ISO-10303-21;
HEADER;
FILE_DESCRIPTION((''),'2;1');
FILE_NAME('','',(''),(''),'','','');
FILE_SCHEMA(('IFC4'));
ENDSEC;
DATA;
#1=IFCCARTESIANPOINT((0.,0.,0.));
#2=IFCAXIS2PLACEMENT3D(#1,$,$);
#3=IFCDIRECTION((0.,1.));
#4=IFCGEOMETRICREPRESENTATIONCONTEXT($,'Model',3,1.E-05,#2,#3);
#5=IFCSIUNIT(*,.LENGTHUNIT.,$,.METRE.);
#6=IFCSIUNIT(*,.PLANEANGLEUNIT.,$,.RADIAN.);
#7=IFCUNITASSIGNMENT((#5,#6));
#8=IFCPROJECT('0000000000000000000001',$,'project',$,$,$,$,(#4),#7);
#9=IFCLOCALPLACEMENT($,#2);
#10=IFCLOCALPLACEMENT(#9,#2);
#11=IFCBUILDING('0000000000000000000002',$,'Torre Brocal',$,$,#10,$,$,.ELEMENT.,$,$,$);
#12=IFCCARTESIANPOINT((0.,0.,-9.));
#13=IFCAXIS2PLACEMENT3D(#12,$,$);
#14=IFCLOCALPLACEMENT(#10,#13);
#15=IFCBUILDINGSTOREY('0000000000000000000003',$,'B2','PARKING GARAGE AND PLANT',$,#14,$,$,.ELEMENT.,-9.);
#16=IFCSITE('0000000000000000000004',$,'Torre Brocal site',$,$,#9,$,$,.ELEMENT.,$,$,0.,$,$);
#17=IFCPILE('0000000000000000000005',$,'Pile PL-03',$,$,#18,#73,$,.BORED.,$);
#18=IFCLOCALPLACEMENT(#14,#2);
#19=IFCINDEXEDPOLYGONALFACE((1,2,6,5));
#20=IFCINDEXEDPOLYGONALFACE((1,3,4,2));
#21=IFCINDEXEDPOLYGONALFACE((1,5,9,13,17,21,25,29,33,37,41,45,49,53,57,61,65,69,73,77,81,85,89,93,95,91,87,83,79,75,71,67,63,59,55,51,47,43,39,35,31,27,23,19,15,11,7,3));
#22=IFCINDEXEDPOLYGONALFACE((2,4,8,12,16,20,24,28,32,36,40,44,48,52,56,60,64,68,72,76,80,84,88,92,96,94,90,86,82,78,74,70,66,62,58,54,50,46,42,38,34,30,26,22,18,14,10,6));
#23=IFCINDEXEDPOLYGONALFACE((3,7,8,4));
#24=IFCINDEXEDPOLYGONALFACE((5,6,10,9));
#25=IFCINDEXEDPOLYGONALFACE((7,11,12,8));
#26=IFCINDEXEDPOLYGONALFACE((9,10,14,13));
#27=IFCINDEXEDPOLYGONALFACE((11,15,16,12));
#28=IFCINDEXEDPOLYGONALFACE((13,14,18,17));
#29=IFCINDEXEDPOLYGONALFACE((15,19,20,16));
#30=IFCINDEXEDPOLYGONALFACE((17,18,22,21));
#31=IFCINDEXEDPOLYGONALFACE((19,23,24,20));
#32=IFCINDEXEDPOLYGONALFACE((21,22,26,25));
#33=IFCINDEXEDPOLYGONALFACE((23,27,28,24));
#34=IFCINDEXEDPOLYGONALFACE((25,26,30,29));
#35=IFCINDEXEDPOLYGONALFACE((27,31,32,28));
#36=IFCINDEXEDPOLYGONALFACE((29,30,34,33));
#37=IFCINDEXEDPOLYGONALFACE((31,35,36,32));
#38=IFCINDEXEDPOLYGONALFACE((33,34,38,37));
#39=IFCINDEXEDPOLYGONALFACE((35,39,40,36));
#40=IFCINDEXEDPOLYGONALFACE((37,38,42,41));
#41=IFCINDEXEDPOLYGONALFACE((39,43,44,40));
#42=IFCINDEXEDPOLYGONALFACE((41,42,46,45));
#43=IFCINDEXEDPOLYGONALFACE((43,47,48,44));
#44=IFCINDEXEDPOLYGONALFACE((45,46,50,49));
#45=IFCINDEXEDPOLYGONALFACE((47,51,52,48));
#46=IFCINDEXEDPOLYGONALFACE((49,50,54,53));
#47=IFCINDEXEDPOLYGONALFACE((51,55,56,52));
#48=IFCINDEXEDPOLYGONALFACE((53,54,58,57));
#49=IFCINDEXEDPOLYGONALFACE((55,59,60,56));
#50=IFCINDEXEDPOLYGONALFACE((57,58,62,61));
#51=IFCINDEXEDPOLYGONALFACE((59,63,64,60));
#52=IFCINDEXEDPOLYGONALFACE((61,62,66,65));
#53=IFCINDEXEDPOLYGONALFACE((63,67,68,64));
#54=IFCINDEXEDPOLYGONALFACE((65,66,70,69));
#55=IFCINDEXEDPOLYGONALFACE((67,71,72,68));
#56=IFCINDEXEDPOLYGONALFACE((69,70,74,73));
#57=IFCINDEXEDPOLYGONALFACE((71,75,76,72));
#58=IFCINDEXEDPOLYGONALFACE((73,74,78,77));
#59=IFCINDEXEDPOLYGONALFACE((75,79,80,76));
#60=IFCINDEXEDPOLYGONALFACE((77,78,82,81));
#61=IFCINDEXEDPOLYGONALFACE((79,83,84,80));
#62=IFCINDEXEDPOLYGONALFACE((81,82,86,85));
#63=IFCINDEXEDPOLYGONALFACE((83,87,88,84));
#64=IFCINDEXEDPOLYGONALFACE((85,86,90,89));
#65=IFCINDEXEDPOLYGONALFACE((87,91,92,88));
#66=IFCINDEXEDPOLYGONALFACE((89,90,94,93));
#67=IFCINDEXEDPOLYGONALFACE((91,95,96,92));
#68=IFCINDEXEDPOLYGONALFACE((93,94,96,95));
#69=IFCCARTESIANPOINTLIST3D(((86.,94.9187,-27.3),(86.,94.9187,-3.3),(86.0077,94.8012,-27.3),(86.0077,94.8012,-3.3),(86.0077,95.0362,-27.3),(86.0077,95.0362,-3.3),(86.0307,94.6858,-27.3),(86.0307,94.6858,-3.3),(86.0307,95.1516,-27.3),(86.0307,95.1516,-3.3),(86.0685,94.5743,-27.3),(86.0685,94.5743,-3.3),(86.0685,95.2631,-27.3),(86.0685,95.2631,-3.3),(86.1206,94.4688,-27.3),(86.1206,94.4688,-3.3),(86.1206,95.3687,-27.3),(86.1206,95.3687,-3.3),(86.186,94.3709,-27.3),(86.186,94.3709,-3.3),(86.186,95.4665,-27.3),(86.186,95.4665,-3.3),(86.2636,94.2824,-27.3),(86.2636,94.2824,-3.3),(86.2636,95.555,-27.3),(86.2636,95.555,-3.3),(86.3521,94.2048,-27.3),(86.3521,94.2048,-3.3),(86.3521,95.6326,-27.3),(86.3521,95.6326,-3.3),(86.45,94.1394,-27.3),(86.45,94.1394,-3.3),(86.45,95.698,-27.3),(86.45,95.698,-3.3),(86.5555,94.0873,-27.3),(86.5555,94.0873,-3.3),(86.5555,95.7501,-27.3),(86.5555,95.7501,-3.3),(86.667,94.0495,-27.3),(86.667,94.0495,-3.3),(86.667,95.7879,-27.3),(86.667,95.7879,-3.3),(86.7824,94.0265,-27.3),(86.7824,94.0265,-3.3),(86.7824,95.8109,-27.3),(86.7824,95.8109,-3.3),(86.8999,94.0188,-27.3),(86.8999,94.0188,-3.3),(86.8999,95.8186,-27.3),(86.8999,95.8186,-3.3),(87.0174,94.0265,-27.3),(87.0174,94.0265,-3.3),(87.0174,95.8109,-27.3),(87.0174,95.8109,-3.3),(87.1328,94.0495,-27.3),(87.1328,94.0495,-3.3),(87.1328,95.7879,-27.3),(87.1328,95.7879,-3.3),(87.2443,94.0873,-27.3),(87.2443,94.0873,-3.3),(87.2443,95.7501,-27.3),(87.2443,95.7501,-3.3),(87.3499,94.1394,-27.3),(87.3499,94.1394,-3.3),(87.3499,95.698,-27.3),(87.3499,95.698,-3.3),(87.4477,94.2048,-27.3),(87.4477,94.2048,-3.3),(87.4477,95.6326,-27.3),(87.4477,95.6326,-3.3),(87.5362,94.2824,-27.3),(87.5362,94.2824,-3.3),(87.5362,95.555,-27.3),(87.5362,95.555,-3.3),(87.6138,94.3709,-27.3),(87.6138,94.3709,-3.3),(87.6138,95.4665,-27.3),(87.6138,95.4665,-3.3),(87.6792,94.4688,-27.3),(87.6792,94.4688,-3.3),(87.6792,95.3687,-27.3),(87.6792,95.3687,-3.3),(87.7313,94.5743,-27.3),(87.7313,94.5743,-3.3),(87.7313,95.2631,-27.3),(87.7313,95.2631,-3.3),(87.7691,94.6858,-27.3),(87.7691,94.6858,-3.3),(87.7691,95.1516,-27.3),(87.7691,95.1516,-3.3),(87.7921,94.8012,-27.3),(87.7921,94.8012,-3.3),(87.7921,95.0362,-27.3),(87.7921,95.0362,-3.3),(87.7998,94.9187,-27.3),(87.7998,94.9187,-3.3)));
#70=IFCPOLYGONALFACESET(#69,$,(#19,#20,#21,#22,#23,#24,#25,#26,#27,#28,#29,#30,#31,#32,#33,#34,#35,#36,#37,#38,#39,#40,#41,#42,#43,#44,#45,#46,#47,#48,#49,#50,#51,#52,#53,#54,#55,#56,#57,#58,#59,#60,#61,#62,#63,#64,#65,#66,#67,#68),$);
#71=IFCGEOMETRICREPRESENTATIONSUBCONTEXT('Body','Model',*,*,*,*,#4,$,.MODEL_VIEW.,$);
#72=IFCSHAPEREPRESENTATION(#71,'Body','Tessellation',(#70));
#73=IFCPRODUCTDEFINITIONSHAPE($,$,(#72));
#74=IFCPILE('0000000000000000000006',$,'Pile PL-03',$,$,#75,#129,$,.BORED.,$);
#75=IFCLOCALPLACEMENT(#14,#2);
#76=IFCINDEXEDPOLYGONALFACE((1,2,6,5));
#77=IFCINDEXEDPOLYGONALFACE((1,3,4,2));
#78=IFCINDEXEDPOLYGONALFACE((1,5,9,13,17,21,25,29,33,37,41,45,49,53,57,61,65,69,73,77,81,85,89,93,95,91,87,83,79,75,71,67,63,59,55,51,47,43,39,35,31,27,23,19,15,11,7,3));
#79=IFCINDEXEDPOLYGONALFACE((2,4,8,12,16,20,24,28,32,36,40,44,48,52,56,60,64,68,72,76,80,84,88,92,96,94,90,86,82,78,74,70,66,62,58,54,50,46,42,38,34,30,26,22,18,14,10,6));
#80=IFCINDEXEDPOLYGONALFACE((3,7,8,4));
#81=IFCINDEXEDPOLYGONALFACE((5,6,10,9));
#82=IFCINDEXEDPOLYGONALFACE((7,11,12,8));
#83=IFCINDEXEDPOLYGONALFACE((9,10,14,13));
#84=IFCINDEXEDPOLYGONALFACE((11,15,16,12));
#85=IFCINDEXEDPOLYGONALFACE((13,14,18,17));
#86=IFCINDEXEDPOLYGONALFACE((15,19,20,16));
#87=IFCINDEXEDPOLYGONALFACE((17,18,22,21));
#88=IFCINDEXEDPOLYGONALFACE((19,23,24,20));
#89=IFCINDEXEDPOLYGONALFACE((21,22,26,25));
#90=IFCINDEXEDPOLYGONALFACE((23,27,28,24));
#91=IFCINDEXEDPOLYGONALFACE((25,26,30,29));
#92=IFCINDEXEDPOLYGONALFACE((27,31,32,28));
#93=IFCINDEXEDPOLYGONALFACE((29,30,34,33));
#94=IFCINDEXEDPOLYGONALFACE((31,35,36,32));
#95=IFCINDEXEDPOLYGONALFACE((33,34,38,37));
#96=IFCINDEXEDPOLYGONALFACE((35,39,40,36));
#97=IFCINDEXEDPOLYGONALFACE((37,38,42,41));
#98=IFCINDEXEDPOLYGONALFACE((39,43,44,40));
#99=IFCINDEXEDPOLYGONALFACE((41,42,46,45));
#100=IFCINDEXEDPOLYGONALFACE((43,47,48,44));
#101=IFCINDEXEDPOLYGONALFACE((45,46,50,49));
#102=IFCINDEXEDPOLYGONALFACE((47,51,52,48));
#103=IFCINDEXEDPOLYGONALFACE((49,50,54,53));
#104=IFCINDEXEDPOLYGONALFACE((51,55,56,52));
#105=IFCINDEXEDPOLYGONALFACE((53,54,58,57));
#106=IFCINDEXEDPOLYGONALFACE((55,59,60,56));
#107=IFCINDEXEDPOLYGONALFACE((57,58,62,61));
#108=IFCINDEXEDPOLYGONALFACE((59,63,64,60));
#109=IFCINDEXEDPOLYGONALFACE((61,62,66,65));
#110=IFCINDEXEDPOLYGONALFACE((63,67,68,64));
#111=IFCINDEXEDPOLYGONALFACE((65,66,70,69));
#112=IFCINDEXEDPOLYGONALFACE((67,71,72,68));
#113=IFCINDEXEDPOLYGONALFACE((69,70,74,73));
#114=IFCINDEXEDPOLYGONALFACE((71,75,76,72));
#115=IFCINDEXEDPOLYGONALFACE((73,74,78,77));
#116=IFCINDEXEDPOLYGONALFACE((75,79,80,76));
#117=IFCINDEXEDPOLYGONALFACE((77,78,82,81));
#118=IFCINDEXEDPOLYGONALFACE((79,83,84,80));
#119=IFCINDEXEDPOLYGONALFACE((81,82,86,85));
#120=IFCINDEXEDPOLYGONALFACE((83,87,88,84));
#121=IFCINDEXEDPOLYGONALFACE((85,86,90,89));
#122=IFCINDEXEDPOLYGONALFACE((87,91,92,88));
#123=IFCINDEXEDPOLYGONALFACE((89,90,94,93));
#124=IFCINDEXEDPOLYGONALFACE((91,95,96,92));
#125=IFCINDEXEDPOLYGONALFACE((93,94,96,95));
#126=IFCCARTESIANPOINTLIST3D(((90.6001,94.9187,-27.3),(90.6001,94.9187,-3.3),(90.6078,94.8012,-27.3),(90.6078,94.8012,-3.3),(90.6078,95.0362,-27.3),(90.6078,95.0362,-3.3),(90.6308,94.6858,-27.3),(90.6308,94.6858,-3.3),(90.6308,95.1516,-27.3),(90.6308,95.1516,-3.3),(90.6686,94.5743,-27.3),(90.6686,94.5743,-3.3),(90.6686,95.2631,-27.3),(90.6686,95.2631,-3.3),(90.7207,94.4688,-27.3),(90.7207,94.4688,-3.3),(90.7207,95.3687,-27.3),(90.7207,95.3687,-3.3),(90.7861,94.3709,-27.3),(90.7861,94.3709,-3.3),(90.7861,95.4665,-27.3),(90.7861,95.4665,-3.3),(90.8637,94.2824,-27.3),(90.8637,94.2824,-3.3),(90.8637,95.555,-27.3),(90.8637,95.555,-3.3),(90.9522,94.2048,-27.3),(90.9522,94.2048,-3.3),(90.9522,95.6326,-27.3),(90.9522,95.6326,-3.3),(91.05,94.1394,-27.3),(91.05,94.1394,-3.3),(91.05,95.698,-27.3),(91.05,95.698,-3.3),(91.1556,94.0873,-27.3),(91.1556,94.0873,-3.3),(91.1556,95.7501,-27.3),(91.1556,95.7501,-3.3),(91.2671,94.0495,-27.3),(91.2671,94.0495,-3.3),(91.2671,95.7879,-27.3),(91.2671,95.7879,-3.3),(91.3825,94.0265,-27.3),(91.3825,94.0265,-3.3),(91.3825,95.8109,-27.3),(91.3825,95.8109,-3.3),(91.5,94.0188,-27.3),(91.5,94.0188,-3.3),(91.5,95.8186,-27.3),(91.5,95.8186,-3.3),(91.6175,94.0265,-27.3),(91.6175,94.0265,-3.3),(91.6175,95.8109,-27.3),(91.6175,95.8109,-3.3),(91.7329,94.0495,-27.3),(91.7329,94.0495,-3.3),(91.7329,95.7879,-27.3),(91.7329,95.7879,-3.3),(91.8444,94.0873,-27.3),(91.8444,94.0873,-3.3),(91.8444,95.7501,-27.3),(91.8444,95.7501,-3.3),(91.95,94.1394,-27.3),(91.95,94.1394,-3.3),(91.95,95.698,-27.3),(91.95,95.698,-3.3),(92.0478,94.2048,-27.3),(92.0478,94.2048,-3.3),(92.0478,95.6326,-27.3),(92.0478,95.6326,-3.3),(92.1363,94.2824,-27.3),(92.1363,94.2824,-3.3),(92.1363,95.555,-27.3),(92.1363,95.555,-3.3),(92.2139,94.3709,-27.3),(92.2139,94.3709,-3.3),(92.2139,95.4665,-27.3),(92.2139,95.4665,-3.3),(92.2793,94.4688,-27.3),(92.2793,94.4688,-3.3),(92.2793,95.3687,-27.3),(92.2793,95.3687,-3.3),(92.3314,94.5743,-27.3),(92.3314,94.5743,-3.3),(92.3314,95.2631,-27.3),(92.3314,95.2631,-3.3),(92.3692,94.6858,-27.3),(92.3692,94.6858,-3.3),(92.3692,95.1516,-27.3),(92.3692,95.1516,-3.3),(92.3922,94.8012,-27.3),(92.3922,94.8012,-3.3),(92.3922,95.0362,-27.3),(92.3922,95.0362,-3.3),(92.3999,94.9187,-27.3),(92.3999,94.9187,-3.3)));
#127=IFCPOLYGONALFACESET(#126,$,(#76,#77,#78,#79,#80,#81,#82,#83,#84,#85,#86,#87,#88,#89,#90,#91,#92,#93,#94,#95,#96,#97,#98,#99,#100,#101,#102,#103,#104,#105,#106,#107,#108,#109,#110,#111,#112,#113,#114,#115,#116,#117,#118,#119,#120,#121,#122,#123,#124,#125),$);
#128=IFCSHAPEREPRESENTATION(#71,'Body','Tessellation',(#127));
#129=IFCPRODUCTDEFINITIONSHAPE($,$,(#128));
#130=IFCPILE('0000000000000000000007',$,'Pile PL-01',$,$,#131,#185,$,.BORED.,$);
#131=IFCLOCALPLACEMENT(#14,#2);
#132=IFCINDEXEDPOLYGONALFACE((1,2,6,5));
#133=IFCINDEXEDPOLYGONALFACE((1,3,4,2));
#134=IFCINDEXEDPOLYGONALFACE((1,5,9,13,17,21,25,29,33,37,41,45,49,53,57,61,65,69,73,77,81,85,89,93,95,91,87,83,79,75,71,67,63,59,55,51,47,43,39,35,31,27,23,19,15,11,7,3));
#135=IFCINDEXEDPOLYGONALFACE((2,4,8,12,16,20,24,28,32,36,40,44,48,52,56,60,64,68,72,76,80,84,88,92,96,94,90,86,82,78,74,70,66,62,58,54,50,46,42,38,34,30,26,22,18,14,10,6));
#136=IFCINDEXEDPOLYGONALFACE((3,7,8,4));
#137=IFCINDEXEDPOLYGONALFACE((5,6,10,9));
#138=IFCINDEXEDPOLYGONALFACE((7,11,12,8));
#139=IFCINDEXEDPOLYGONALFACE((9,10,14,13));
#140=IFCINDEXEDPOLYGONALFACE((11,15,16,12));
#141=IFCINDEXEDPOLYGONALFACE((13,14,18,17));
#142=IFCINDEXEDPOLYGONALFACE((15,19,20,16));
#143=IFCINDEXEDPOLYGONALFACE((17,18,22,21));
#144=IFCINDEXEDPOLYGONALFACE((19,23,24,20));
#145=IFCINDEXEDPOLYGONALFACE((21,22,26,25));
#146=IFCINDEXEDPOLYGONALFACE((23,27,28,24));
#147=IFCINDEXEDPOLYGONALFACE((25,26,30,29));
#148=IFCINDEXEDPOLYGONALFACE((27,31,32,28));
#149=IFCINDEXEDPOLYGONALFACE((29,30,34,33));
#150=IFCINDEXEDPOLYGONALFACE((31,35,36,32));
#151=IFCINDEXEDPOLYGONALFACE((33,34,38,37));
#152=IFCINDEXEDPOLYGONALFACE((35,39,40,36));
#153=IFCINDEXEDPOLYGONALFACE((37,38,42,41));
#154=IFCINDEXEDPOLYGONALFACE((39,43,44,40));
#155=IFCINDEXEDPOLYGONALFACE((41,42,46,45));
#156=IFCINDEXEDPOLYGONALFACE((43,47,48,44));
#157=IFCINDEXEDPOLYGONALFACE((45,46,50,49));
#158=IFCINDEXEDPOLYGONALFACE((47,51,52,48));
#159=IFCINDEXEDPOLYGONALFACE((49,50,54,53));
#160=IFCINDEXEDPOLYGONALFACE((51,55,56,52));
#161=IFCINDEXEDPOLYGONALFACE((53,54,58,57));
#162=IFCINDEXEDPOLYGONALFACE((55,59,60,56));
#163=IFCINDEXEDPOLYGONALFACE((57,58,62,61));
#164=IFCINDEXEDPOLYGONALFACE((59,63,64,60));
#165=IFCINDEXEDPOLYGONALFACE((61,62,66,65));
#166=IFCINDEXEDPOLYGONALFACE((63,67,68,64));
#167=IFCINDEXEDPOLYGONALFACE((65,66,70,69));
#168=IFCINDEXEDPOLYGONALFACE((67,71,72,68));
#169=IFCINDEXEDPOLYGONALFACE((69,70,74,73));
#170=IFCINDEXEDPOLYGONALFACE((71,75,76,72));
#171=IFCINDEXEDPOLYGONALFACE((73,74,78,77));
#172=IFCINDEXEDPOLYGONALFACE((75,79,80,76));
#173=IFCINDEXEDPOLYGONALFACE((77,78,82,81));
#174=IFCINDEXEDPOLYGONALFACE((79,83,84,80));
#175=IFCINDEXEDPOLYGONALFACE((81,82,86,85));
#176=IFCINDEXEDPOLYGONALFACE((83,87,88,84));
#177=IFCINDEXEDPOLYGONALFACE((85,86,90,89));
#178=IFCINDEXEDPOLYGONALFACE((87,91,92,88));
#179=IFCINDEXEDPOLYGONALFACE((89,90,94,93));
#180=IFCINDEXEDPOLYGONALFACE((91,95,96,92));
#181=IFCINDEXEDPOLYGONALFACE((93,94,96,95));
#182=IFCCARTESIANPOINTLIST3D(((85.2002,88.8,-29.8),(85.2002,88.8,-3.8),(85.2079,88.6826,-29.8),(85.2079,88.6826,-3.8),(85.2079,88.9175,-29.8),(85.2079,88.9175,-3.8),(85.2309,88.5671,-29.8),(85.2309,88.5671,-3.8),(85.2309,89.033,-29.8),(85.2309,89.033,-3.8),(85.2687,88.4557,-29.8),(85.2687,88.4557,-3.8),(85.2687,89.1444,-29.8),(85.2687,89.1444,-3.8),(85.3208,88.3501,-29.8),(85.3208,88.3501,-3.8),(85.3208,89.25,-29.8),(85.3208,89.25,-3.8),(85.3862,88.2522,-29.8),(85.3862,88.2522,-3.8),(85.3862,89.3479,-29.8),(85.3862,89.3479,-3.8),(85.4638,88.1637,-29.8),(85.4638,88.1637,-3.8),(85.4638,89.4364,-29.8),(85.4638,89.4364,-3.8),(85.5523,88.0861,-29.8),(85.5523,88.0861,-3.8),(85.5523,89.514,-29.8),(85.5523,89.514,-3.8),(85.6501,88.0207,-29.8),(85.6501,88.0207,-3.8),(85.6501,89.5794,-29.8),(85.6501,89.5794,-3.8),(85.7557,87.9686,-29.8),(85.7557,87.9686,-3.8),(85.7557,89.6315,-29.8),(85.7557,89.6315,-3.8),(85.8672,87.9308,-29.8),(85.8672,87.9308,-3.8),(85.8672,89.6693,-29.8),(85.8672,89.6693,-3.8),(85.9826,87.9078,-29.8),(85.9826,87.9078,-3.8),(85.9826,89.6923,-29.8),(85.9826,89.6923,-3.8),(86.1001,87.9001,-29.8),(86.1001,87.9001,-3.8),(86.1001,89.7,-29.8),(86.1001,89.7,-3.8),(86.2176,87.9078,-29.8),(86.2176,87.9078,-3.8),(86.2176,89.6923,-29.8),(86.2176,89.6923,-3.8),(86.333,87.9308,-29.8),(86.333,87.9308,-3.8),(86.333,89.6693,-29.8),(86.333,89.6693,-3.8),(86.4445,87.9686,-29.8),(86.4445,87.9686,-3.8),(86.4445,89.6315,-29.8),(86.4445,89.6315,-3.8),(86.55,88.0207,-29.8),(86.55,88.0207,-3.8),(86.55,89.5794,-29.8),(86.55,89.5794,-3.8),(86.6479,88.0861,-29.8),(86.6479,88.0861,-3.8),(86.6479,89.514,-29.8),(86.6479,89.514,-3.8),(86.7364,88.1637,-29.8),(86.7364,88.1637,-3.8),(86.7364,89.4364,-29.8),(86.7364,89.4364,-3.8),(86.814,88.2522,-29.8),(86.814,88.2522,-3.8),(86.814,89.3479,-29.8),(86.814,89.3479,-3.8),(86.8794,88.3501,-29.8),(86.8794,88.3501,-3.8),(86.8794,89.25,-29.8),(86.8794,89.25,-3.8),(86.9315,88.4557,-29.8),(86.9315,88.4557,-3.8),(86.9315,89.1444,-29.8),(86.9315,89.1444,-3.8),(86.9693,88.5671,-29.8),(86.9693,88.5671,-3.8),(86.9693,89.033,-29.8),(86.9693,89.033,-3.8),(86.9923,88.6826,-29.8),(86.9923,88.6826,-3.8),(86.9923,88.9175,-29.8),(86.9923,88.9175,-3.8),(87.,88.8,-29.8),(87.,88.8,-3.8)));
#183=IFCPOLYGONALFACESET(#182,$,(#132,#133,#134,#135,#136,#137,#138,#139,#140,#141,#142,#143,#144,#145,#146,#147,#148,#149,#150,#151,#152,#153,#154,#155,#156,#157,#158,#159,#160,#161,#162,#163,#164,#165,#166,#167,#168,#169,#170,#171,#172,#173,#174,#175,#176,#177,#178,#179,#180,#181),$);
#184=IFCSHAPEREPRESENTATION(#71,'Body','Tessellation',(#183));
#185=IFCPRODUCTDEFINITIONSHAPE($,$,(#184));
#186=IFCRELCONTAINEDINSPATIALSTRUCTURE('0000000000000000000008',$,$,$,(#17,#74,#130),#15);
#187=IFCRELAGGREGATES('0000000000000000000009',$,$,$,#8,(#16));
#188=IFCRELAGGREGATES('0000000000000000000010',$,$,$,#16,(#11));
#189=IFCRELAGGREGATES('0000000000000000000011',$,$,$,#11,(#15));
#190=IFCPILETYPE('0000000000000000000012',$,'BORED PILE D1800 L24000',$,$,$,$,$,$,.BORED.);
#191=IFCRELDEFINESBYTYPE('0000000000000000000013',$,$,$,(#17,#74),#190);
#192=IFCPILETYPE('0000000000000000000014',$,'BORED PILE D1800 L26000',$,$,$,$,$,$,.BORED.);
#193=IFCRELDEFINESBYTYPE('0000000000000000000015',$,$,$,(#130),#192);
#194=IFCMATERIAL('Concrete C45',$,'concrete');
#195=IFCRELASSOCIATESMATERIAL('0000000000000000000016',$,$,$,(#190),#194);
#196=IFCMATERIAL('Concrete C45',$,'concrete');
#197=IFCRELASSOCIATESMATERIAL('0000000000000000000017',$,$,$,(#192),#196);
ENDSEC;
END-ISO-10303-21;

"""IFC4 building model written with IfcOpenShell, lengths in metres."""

from ifc_helpers import new_model, si_unit, direction, frame, origin, origin_2d, place, context, subcontext, project, spatial, circle, extrude, material, material_profile, profile_set, type_object, element, save


model = new_model("IFC4")

# Units and contexts
model_context = context("Model", 3, precision=1e-05, world=origin(), true_north=direction((0.0, 1.0)))
body_context = subcontext(model_context, "Body", "Model", "MODEL_VIEW")
ifc_project = project(units=[si_unit("LENGTHUNIT", "METRE"), si_unit("PLANEANGLEUNIT", "RADIAN")], contexts=[model_context])

# Site, building, storey
site_placement = place(None, origin())
site = spatial("IfcSite", under=ifc_project, at=site_placement, Name="Torre Brocal site", CompositionType="ELEMENT", RefElevation=0.0)
building_placement = place(site_placement, origin())
building = spatial("IfcBuilding", under=site, at=building_placement, Name="Torre Brocal", CompositionType="ELEMENT")
storey_placement = place(building_placement, frame((0.0, 0.0, -9.0)))
storey = spatial("IfcBuildingStorey", under=building, at=storey_placement, Name="B2", Description="PARKING GARAGE AND PLANT", CompositionType="ELEMENT", Elevation=-9.0)

# Piles
ifc_material_1 = material(Name="Concrete C45", Category="concrete")
ifc_material_profile_1 = material_profile(ifc_material_1, circle(Radius=0.8999, at=origin_2d()), Name="BORED PILE D1800")
ifc_profile_set_1 = profile_set([ifc_material_profile_1], Name="Concrete C45")
pile_type_1 = type_object("IfcPileType", Name="BORED PILE D1800 L24000", PredefinedType="BORED", material=ifc_profile_set_1)
for number, where, z_axis, x_axis, name in (
    (1, (86.8999, 94.9187, -3.3), (0.0, 0.0, -1.0), (1.0, 0.0, 0.0), "Pile PL-03"),
    (2, (91.5, 94.9187, -3.3), (0.0, 0.0, -1.0), (1.0, 0.0, 0.0), "Pile PL-03"),
):
    element("IfcPile", number, at=place(storey_placement, frame(where, z_axis=z_axis, x_axis=x_axis)), inside=storey, type_object=pile_type_1, Name=name, PredefinedType="BORED", context=body_context, shape_type="SweptSolid", body=[
        extrude(circle(Radius=0.8999, at=origin_2d()), origin(), (0.0, 0.0, 1.0), 24.0),
    ])
ifc_material_2 = material(Name="Concrete C45", Category="concrete")
ifc_material_profile_2 = material_profile(ifc_material_2, circle(Radius=0.8999, at=origin_2d()), Name="BORED PILE D1800")
ifc_profile_set_2 = profile_set([ifc_material_profile_2], Name="Concrete C45")
pile_type_2 = type_object("IfcPileType", Name="BORED PILE D1800 L26000", PredefinedType="BORED", material=ifc_profile_set_2)
for number, where, z_axis, x_axis, name in (
    (3, (86.1001, 88.8, -3.8), (0.0, 0.0, -1.0), (1.0, 0.0, 0.0), "Pile PL-01"),
):
    element("IfcPile", number, at=place(storey_placement, frame(where, z_axis=z_axis, x_axis=x_axis)), inside=storey, type_object=pile_type_2, Name=name, PredefinedType="BORED", context=body_context, shape_type="SweptSolid", body=[
        extrude(circle(Radius=0.8999, at=origin_2d()), origin(), (0.0, 0.0, 1.0), 26.0),
    ])

save(model, "model.ifc")
